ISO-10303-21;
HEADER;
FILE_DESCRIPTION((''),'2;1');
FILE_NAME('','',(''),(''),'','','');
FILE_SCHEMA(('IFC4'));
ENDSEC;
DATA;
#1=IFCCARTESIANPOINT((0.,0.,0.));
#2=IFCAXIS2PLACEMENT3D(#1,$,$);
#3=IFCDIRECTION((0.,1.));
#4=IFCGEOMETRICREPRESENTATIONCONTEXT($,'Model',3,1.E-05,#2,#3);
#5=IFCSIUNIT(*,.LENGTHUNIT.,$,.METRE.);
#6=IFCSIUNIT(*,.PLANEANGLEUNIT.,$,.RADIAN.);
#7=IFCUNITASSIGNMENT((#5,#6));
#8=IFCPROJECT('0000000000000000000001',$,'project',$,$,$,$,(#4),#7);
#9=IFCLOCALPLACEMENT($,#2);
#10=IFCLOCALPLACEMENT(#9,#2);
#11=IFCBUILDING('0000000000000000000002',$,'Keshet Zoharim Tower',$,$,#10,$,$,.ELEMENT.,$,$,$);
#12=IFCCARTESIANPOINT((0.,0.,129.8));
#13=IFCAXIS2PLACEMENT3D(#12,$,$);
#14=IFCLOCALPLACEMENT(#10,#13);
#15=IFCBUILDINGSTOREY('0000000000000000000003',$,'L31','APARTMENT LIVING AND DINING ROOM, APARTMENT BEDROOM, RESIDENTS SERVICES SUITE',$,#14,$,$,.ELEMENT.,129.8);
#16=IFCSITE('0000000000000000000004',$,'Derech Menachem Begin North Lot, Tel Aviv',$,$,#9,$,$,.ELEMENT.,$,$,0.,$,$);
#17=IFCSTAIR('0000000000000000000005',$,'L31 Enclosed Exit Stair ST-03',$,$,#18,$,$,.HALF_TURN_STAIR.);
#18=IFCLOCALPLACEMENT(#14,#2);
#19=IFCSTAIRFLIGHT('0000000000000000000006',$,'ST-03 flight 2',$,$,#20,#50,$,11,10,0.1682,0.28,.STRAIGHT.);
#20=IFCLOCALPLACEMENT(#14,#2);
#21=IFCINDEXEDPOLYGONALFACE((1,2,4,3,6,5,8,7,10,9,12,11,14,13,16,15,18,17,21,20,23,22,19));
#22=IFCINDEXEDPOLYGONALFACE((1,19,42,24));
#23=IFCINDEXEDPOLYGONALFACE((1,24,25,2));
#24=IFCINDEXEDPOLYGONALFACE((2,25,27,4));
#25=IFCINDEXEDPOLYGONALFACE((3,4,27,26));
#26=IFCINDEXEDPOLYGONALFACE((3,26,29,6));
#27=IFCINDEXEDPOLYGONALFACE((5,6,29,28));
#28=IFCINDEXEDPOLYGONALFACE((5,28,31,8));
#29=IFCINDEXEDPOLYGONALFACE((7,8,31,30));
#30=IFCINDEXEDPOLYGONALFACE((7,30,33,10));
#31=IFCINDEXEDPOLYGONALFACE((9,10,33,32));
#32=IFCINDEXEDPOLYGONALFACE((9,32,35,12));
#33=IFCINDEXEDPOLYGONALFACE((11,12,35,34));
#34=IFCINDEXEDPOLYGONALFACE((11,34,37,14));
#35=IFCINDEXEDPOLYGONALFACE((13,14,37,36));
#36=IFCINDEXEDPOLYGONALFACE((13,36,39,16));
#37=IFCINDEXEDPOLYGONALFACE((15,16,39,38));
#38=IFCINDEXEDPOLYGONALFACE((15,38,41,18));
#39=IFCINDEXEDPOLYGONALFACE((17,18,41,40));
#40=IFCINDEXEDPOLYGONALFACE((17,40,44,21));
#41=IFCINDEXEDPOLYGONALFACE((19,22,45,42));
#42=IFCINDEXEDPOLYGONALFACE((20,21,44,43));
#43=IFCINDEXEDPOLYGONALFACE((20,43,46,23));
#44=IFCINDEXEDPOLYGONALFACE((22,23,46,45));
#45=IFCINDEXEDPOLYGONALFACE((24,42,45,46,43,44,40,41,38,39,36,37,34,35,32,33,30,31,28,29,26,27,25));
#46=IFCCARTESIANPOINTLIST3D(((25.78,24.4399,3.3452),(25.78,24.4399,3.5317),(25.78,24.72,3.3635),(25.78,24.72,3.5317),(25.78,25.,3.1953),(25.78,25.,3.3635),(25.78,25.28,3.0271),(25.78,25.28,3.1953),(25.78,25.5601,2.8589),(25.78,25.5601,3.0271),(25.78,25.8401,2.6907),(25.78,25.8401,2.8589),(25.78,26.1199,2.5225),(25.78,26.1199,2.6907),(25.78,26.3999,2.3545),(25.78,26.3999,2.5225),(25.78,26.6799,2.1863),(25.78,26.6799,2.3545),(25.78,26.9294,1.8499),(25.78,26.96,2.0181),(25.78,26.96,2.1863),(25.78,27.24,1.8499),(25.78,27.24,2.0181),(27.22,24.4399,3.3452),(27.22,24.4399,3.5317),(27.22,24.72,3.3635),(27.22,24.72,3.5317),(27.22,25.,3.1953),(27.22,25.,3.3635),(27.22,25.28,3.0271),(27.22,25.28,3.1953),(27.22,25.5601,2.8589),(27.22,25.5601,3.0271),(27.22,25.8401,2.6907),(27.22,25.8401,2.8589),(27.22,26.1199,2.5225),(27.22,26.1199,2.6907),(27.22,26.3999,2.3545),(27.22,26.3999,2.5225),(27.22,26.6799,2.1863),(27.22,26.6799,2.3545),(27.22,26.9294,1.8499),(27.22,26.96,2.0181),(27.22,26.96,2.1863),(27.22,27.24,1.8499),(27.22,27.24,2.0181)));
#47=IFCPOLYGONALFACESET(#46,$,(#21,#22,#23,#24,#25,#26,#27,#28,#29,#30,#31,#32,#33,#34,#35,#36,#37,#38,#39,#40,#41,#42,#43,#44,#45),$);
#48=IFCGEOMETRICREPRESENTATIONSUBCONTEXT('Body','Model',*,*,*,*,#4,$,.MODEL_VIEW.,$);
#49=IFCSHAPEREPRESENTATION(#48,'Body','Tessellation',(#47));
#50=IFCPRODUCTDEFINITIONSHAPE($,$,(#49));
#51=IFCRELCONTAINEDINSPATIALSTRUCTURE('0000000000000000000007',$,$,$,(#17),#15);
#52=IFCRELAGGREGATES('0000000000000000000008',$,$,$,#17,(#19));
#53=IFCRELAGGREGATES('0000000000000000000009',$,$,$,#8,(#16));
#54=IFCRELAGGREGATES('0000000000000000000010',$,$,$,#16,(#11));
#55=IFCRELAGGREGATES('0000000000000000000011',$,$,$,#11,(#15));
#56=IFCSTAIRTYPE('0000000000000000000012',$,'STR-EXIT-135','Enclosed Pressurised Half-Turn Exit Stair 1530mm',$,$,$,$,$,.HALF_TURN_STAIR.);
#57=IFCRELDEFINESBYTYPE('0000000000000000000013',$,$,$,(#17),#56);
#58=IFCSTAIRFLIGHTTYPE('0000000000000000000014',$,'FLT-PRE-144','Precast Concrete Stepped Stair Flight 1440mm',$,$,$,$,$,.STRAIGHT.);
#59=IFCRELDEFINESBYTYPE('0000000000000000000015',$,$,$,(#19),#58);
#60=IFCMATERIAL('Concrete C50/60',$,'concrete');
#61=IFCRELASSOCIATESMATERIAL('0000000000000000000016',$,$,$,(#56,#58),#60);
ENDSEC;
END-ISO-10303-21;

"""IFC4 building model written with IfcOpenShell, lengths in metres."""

from ifc_helpers import new_model, si_unit, direction, frame, origin, place, context, subcontext, project, spatial, polyline, outline, extrude, material, type_object, element, aggregate, save


model = new_model("IFC4")

# Units and contexts
model_context = context("Model", 3, precision=1e-05, world=origin(), true_north=direction((0.0, 1.0)))
body_context = subcontext(model_context, "Body", "Model", "MODEL_VIEW")
ifc_project = project(units=[si_unit("LENGTHUNIT", "METRE"), si_unit("PLANEANGLEUNIT", "RADIAN")], contexts=[model_context])

# Site, building, storey
site_placement = place(None, origin())
site = spatial("IfcSite", under=ifc_project, at=site_placement, Name="Derech Menachem Begin North Lot, Tel Aviv", CompositionType="ELEMENT", RefElevation=0.0)
building_placement = place(site_placement, origin())
building = spatial("IfcBuilding", under=site, at=building_placement, Name="Keshet Zoharim Tower", CompositionType="ELEMENT")
storey_placement = place(building_placement, frame((0.0, 0.0, 129.8)))
storey = spatial("IfcBuildingStorey", under=building, at=storey_placement, Name="L31", Description="APARTMENT LIVING AND DINING ROOM, APARTMENT BEDROOM, RESIDENTS SERVICES SUITE", CompositionType="ELEMENT", Elevation=129.8)

# Stair, stair flight
ifc_material_1 = material(Name="Concrete C50/60", Category="concrete")
stair_type = type_object("IfcStairType", Name="STR-EXIT-135", Description="Enclosed Pressurised Half-Turn Exit Stair 1530mm", PredefinedType="HALF_TURN_STAIR", material=ifc_material_1)
stair_placement = place(storey_placement, origin())
stair = element("IfcStair", 1, at=stair_placement, inside=storey, type_object=stair_type, Name="L31 Enclosed Exit Stair ST-03", PredefinedType="HALF_TURN_STAIR")
stair_flight_type = type_object("IfcStairFlightType", Name="FLT-PRE-144", Description="Precast Concrete Stepped Stair Flight 1440mm", PredefinedType="STRAIGHT", material=ifc_material_1)
stair_flight_placement = place(storey_placement, frame((26.5, 27.24, 1.8499), z_axis=(0.0, 0.0, 1.0), x_axis=(0.0, -1.0, 0.0)))
stair_flight = element("IfcStairFlight", 2, at=stair_flight_placement, type_object=stair_flight_type, Name="ST-03 flight 2", NumberOfRisers=11, NumberOfTreads=10, PredefinedType="STRAIGHT", RiserHeight=0.1682, TreadLength=0.28, context=body_context, shape_type="SweptSolid", body=[
    extrude(outline(polyline([(0.0, 0.0), (0.0, 0.1682), (0.28, 0.1682), (0.28, 0.3364), (0.5601, 0.3364), (0.5601, 0.5046), (0.8401, 0.5046), (0.8401, 0.6726), (1.1201, 0.6726), (1.1201, 0.8408), (1.3999, 0.8408), (1.3999, 1.009), (1.6799, 1.009), (1.6799, 1.1772), (1.96, 1.1772), (1.96, 1.3455), (2.24, 1.3455), (2.24, 1.5137), (2.52, 1.5137), (2.52, 1.6819), (2.8, 1.6819), (2.8, 1.8501), (2.8, 1.4954), (0.3105, 0.0), (0.0, 0.0)])), frame((0.0, 0.72, 0.0), z_axis=(0.0, -1.0, 0.0), x_axis=(1.0, 0.0, 0.0)), (0.0, 0.0, 1.0), 1.4399),
])
aggregate(stair, [stair_flight])

save(model, "model.ifc")
